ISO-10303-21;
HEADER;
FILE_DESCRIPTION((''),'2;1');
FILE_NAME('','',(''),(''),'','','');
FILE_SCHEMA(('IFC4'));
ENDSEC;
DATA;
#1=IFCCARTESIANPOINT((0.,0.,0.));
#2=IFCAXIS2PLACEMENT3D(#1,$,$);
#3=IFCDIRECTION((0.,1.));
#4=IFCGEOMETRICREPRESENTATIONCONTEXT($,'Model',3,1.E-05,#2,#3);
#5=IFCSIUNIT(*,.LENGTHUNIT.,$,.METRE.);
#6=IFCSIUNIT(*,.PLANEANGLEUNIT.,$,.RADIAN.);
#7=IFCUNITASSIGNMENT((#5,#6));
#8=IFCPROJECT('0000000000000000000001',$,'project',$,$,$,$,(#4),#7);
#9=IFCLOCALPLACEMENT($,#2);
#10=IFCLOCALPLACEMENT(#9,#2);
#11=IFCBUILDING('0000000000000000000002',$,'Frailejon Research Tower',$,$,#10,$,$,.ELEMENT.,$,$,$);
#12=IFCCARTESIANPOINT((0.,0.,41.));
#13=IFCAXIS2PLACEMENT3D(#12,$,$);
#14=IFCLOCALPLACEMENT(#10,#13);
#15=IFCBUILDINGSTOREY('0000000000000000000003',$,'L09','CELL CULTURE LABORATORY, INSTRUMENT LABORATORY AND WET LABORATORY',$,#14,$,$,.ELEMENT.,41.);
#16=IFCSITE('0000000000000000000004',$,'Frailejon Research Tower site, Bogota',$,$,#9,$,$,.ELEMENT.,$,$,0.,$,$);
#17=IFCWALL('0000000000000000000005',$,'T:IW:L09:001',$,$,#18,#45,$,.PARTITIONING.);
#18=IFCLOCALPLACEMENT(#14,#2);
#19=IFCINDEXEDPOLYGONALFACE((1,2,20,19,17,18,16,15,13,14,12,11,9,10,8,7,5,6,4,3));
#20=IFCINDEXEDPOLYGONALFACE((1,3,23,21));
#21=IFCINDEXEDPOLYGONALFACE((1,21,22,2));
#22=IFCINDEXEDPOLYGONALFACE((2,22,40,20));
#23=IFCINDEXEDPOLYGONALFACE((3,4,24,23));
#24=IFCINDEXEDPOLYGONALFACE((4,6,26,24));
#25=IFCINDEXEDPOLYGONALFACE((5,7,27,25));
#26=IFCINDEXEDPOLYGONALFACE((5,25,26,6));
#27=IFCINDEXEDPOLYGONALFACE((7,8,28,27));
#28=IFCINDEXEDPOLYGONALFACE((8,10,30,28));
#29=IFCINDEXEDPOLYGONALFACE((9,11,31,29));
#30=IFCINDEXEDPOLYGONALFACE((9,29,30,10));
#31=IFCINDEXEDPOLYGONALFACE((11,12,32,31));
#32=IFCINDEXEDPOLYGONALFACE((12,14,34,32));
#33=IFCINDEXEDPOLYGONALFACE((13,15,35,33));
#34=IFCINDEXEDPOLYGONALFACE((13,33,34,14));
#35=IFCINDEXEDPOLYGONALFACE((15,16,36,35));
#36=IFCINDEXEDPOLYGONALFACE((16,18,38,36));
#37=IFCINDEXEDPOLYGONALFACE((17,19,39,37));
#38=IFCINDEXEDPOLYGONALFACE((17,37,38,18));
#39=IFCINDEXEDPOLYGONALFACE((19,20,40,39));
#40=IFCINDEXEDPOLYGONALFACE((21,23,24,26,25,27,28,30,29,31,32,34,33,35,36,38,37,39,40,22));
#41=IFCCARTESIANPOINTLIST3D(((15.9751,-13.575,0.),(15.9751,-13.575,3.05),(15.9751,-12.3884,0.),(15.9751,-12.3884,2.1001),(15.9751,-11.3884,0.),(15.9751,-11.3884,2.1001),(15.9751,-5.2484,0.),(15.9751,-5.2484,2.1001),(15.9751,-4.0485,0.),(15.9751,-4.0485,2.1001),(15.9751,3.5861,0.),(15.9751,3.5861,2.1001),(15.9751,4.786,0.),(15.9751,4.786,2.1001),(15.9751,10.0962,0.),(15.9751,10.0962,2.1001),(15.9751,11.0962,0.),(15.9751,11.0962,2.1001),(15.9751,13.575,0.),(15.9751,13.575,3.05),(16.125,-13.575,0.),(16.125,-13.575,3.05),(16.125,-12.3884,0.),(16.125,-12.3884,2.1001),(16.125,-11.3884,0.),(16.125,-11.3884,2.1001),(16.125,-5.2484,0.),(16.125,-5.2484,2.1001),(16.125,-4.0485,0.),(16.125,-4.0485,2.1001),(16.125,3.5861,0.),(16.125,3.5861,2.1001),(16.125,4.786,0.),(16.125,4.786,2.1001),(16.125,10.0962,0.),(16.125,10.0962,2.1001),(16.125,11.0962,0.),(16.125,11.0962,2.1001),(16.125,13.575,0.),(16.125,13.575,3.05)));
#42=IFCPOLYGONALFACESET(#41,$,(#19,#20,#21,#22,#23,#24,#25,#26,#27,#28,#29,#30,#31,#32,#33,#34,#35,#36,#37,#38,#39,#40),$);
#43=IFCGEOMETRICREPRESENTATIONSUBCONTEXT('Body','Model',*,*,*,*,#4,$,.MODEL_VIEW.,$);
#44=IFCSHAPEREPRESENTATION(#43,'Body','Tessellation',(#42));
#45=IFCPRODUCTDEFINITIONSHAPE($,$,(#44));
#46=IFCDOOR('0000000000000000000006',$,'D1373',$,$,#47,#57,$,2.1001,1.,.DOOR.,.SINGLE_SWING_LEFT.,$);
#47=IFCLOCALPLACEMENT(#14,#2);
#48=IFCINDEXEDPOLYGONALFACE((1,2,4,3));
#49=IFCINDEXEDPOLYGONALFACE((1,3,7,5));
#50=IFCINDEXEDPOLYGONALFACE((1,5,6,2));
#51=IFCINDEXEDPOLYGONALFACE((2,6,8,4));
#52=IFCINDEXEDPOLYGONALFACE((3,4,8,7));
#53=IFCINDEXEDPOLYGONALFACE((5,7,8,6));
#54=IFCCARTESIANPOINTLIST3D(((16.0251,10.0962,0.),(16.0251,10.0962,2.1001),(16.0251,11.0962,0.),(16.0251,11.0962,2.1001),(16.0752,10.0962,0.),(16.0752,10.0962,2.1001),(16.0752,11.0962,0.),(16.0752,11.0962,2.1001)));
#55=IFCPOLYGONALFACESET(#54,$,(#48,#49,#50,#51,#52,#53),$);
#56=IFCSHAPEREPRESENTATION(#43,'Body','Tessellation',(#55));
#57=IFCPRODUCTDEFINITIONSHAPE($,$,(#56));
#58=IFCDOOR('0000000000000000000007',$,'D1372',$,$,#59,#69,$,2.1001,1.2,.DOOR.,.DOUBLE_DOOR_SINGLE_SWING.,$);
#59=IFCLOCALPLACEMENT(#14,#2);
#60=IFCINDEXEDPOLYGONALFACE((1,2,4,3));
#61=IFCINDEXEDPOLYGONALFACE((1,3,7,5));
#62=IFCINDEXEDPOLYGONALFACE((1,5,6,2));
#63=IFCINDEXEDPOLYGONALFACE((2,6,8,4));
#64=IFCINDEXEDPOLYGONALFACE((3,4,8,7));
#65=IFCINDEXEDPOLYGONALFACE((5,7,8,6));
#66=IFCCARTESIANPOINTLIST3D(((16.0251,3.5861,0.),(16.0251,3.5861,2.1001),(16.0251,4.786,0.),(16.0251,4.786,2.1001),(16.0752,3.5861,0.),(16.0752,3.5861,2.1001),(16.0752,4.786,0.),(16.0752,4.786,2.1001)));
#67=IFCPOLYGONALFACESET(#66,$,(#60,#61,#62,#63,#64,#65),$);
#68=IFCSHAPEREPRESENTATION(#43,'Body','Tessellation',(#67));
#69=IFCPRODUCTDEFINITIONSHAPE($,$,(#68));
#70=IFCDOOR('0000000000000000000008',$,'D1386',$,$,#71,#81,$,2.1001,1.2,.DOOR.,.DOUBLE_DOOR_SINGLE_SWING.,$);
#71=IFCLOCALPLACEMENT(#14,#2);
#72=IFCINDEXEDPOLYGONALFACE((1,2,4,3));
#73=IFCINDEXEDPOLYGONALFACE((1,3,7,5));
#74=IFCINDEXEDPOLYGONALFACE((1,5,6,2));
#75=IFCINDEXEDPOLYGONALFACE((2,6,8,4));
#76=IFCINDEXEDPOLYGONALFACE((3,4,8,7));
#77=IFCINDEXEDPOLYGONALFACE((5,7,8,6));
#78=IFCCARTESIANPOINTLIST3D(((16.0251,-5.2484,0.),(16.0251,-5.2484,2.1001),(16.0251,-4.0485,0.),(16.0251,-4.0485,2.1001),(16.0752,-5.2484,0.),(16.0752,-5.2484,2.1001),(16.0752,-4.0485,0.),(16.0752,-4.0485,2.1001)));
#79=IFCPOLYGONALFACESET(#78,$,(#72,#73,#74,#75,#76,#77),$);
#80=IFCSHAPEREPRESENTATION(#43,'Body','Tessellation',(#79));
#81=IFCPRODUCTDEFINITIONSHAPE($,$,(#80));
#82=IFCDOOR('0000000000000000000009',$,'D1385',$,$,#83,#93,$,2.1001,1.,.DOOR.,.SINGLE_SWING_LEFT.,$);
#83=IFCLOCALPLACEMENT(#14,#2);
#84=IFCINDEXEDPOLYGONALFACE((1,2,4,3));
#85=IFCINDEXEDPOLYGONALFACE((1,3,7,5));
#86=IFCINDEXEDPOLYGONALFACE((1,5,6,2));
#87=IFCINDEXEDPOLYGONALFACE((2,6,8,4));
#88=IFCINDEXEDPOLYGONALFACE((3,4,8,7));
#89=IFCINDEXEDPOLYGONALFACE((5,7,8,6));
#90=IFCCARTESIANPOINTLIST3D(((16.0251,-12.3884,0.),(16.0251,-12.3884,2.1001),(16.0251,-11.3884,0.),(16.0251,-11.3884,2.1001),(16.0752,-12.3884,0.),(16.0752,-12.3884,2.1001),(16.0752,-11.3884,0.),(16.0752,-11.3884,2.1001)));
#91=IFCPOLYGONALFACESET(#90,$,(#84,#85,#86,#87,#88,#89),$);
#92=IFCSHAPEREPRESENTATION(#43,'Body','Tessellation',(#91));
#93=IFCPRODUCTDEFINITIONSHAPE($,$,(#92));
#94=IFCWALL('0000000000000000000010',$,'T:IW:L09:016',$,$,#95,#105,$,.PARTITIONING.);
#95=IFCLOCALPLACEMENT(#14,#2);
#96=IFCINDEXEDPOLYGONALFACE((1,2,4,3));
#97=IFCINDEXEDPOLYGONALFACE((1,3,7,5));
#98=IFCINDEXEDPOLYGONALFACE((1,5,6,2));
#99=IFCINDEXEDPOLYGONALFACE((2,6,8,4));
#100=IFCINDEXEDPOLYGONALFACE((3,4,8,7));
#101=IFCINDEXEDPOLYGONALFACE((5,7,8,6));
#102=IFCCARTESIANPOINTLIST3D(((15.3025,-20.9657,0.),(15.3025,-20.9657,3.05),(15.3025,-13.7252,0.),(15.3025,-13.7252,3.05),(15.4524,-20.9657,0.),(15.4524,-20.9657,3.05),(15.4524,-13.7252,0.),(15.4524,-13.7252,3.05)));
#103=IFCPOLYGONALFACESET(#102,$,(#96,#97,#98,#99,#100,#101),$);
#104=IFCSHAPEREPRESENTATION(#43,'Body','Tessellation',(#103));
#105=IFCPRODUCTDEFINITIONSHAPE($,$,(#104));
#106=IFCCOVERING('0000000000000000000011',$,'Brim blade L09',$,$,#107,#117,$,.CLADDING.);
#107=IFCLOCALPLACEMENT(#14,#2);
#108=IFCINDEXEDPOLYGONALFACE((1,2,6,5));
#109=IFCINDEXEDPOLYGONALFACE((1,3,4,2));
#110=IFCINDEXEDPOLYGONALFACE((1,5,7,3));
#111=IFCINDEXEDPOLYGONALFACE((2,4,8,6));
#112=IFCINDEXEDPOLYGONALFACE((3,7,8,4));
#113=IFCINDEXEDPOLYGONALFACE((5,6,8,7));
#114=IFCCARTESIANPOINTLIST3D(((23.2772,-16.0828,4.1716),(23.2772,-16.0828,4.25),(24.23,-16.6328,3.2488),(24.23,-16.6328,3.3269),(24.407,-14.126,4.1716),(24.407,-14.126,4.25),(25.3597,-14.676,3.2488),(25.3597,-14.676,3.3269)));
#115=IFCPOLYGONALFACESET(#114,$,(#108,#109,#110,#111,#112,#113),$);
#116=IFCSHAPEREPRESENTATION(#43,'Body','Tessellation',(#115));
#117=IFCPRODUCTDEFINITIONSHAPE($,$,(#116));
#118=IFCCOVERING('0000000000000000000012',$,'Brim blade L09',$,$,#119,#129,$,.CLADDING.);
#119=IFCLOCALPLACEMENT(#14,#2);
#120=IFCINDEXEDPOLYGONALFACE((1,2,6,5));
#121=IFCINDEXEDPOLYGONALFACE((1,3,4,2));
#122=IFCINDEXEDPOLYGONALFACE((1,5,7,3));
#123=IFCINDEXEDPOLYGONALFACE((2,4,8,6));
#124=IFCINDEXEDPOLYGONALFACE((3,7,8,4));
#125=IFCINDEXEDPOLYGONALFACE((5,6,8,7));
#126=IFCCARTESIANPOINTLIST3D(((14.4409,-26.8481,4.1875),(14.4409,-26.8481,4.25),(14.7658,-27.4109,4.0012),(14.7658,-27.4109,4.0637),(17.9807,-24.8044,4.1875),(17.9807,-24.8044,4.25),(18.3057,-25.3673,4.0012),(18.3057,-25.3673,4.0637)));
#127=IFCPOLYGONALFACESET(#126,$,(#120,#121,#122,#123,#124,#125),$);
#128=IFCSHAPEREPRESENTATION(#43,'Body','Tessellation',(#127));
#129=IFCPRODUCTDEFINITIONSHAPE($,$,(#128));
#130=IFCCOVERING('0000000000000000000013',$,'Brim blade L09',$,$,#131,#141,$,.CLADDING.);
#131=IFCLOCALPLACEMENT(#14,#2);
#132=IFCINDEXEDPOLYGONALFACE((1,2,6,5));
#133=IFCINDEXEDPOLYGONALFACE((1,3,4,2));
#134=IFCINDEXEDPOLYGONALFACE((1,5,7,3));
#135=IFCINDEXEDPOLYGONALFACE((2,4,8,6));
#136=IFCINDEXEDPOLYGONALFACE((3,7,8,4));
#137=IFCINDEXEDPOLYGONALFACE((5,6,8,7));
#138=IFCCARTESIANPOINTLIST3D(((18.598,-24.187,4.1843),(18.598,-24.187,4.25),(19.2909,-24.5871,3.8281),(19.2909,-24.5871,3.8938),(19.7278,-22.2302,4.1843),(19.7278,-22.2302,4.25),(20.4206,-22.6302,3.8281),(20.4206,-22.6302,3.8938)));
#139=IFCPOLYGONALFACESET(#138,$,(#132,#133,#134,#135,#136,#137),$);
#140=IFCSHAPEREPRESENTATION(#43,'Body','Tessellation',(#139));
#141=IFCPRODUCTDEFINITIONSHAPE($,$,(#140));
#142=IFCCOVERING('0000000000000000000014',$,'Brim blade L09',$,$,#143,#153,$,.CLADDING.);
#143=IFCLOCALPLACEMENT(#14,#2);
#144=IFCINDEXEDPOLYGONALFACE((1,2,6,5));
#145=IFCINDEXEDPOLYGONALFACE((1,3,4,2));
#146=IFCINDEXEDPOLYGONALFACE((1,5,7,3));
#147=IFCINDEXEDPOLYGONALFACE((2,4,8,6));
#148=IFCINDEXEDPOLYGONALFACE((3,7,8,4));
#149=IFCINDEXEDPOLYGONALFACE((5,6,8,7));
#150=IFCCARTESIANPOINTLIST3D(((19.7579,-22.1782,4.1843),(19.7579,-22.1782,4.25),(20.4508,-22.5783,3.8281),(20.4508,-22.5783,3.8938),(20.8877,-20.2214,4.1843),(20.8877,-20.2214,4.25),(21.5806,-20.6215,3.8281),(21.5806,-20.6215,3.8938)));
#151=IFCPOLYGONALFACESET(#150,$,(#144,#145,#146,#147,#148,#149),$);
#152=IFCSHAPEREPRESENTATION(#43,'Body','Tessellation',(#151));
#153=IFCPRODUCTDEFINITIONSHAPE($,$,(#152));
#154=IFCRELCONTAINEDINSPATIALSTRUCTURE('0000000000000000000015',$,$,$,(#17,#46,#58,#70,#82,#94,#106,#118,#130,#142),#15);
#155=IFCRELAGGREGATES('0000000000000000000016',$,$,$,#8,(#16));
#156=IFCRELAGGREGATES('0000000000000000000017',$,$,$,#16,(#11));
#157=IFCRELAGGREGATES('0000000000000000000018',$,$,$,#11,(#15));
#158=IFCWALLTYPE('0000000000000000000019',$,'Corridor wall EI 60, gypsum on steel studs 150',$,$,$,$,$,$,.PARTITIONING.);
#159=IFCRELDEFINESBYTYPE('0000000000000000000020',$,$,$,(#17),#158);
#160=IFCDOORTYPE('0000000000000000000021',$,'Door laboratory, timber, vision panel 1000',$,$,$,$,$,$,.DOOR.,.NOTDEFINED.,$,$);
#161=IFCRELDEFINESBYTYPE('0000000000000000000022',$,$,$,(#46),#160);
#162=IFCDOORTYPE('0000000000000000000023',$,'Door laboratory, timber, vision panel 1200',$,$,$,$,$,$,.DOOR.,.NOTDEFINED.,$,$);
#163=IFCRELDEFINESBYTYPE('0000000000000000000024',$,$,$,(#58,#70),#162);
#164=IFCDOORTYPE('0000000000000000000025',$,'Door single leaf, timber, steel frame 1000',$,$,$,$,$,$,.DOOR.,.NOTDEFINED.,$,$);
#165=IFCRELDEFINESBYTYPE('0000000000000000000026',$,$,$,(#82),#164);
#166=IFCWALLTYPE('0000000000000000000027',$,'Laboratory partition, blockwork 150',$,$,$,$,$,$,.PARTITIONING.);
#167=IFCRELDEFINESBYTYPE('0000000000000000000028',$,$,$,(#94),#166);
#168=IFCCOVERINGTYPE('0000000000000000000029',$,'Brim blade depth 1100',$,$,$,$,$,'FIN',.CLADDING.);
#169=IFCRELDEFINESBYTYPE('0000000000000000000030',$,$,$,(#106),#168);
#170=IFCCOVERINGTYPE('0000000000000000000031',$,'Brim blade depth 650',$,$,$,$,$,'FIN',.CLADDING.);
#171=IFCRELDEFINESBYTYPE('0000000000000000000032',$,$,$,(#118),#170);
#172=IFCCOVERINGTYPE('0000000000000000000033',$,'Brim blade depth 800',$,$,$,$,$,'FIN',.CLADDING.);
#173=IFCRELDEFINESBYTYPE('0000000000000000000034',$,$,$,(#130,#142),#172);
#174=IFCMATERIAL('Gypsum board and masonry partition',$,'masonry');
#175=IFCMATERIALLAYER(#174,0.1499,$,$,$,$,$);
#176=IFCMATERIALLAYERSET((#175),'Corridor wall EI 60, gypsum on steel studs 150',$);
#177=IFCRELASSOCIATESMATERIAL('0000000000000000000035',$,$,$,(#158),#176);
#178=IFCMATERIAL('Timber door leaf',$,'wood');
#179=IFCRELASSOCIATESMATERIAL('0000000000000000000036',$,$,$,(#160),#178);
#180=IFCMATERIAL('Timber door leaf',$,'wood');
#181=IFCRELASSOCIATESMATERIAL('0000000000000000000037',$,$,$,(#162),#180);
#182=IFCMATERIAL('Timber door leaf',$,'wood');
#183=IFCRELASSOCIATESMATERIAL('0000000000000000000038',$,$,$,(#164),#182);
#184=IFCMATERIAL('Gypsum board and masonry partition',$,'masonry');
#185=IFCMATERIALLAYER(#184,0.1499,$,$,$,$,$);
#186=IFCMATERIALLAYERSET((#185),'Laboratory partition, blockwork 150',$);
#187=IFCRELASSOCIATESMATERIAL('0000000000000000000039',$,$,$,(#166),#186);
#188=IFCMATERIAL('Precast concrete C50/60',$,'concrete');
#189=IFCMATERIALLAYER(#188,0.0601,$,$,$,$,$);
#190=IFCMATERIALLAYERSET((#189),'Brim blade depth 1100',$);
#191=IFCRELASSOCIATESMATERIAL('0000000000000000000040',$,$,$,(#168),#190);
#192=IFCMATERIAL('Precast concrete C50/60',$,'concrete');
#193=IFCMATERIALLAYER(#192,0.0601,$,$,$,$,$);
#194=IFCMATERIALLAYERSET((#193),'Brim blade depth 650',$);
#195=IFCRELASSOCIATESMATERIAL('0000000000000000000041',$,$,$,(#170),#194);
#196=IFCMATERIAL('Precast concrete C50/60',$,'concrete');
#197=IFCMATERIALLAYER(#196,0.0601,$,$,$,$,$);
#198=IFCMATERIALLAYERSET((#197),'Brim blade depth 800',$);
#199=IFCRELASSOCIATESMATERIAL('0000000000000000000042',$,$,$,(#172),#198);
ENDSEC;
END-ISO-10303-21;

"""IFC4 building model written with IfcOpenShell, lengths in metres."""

from ifc_helpers import new_model, si_unit, direction, frame, frame_2d, origin, place, context, subcontext, project, spatial, polyline, rectangle, outline, extrude, material, layer, layer_set, type_object, element, fill, save


model = new_model("IFC4")

# Units and contexts
model_context = context("Model", 3, precision=1e-05, world=origin(), true_north=direction((0.0, 1.0)))
body_context = subcontext(model_context, "Body", "Model", "MODEL_VIEW")
ifc_project = project(units=[si_unit("LENGTHUNIT", "METRE"), si_unit("PLANEANGLEUNIT", "RADIAN")], contexts=[model_context])

# Site, building, storey
site_placement = place(None, origin())
site = spatial("IfcSite", under=ifc_project, at=site_placement, Name="Frailejon Research Tower site, Bogota", CompositionType="ELEMENT", RefElevation=0.0)
building_placement = place(site_placement, origin())
building = spatial("IfcBuilding", under=site, at=building_placement, Name="Frailejon Research Tower", CompositionType="ELEMENT")
storey_placement = place(building_placement, frame((0.0, 0.0, 41.0)))
storey = spatial("IfcBuildingStorey", under=building, at=storey_placement, Name="L09", Description="CELL CULTURE LABORATORY, INSTRUMENT LABORATORY AND WET LABORATORY", CompositionType="ELEMENT", Elevation=41.0)

# Wall, openings, doors
ifc_material_1 = material(Name="Gypsum board and masonry partition", Category="masonry")
ifc_layer_1 = layer(ifc_material_1, 0.1499)
ifc_layer_set_1 = layer_set([ifc_layer_1], Name="Corridor wall EI 60, gypsum on steel studs 150")
wall_type_1 = type_object("IfcWallType", Name="Corridor wall EI 60, gypsum on steel studs 150", PredefinedType="PARTITIONING", material=ifc_layer_set_1)
wall_1_placement = place(storey_placement, frame((16.05, -13.575, 0.0), z_axis=(0.0, 0.0, 1.0), x_axis=(0.0, 1.0, 0.0)))
wall_1 = element("IfcWall", 1, at=wall_1_placement, inside=storey, type_object=wall_type_1, Name="T:IW:L09:001", PredefinedType="PARTITIONING", context=body_context, shape_type="SweptSolid", body=[
    extrude(rectangle(XDim=27.1499, YDim=0.1499, at=frame_2d((13.575, 0.0))), origin(), (0.0, 0.0, 1.0), 3.05),
])
opening_1_placement = place(wall_1_placement, frame((17.1609, 0.0, 0.0)))
opening_1 = element("IfcOpeningElement", 2, at=opening_1_placement, cuts=wall_1, PredefinedType="OPENING", context=body_context, shape_type="SweptSolid", body=[
    extrude(rectangle(XDim=1.2, YDim=2.1001, at=frame_2d((0.6001, 1.05))), frame((0.0, 0.085, 0.0), z_axis=(0.0, -1.0, 0.0), x_axis=(1.0, 0.0, 0.0)), (0.0, 0.0, 1.0), 0.1699),
])
opening_2_placement = place(wall_1_placement, frame((23.6711, 0.0, 0.0)))
opening_2 = element("IfcOpeningElement", 3, at=opening_2_placement, cuts=wall_1, PredefinedType="OPENING", context=body_context, shape_type="SweptSolid", body=[
    extrude(rectangle(XDim=1.0, YDim=2.1001, at=frame_2d((0.5, 1.05))), frame((0.0, 0.085, 0.0), z_axis=(0.0, -1.0, 0.0), x_axis=(1.0, 0.0, 0.0)), (0.0, 0.0, 1.0), 0.1699),
])
opening_3_placement = place(wall_1_placement, frame((1.1865, 0.0, 0.0)))
opening_3 = element("IfcOpeningElement", 4, at=opening_3_placement, cuts=wall_1, PredefinedType="OPENING", context=body_context, shape_type="SweptSolid", body=[
    extrude(rectangle(XDim=1.0, YDim=2.1001, at=frame_2d((0.5, 1.05))), frame((0.0, 0.085, 0.0), z_axis=(0.0, -1.0, 0.0), x_axis=(1.0, 0.0, 0.0)), (0.0, 0.0, 1.0), 0.1699),
])
opening_4_placement = place(wall_1_placement, frame((8.3264, 0.0, 0.0)))
opening_4 = element("IfcOpeningElement", 5, at=opening_4_placement, cuts=wall_1, PredefinedType="OPENING", context=body_context, shape_type="SweptSolid", body=[
    extrude(rectangle(XDim=1.2, YDim=2.1001, at=frame_2d((0.6001, 1.05))), frame((0.0, 0.085, 0.0), z_axis=(0.0, -1.0, 0.0), x_axis=(1.0, 0.0, 0.0)), (0.0, 0.0, 1.0), 0.1699),
])
ifc_material_2 = material(Name="Timber door leaf", Category="wood")
door_type_1 = type_object("IfcDoorType", Name="Door laboratory, timber, vision panel 1000", OperationType="NOTDEFINED", PredefinedType="DOOR", material=ifc_material_2)
door_1_placement = place(opening_2_placement, origin())
door_1 = element("IfcDoor", 6, at=door_1_placement, inside=storey, type_object=door_type_1, Name="D1373", OperationType="SINGLE_SWING_LEFT", OverallHeight=2.1001, OverallWidth=1.0, PredefinedType="DOOR", context=body_context, shape_type="SweptSolid", body=[
    extrude(rectangle(XDim=1.0, YDim=2.1001, at=frame_2d((0.5, 1.05))), frame((0.0, 0.0249, 0.0), z_axis=(0.0, -1.0, 0.0), x_axis=(1.0, 0.0, 0.0)), (0.0, 0.0, 1.0), 0.05),
])
fill(opening_2, door_1)
ifc_material_3 = material(Name="Timber door leaf", Category="wood")
door_type_2 = type_object("IfcDoorType", Name="Door laboratory, timber, vision panel 1200", OperationType="NOTDEFINED", PredefinedType="DOOR", material=ifc_material_3)
door_2_placement = place(opening_1_placement, origin())
door_2 = element("IfcDoor", 7, at=door_2_placement, inside=storey, type_object=door_type_2, Name="D1372", OperationType="DOUBLE_DOOR_SINGLE_SWING", OverallHeight=2.1001, OverallWidth=1.2, PredefinedType="DOOR", context=body_context, shape_type="SweptSolid", body=[
    extrude(rectangle(XDim=1.2, YDim=2.1001, at=frame_2d((0.6001, 1.05))), frame((0.0, 0.0249, 0.0), z_axis=(0.0, -1.0, 0.0), x_axis=(1.0, 0.0, 0.0)), (0.0, 0.0, 1.0), 0.05),
])
fill(opening_1, door_2)
door_3_placement = place(opening_4_placement, origin())
door_3 = element("IfcDoor", 8, at=door_3_placement, inside=storey, type_object=door_type_2, Name="D1386", OperationType="DOUBLE_DOOR_SINGLE_SWING", OverallHeight=2.1001, OverallWidth=1.2, PredefinedType="DOOR", context=body_context, shape_type="SweptSolid", body=[
    extrude(rectangle(XDim=1.2, YDim=2.1001, at=frame_2d((0.6001, 1.05))), frame((0.0, 0.0249, 0.0), z_axis=(0.0, -1.0, 0.0), x_axis=(1.0, 0.0, 0.0)), (0.0, 0.0, 1.0), 0.05),
])
fill(opening_4, door_3)
ifc_material_4 = material(Name="Timber door leaf", Category="wood")
door_type_3 = type_object("IfcDoorType", Name="Door single leaf, timber, steel frame 1000", OperationType="NOTDEFINED", PredefinedType="DOOR", material=ifc_material_4)
door_4_placement = place(opening_3_placement, origin())
door_4 = element("IfcDoor", 9, at=door_4_placement, inside=storey, type_object=door_type_3, Name="D1385", OperationType="SINGLE_SWING_LEFT", OverallHeight=2.1001, OverallWidth=1.0, PredefinedType="DOOR", context=body_context, shape_type="SweptSolid", body=[
    extrude(rectangle(XDim=1.0, YDim=2.1001, at=frame_2d((0.5, 1.05))), frame((0.0, 0.0249, 0.0), z_axis=(0.0, -1.0, 0.0), x_axis=(1.0, 0.0, 0.0)), (0.0, 0.0, 1.0), 0.05),
])
fill(opening_3, door_4)

# Wall
ifc_material_5 = material(Name="Gypsum board and masonry partition", Category="masonry")
ifc_layer_2 = layer(ifc_material_5, 0.1499)
ifc_layer_set_2 = layer_set([ifc_layer_2], Name="Laboratory partition, blockwork 150")
wall_type_2 = type_object("IfcWallType", Name="Laboratory partition, blockwork 150", PredefinedType="PARTITIONING", material=ifc_layer_set_2)
wall_2_placement = place(storey_placement, frame((15.3774, -20.9656, 0.0), z_axis=(0.0, 0.0, 1.0), x_axis=(0.0, 1.0, 0.0)))
element("IfcWall", 10, at=wall_2_placement, inside=storey, type_object=wall_type_2, Name="T:IW:L09:016", PredefinedType="PARTITIONING", context=body_context, shape_type="SweptSolid", body=[
    extrude(rectangle(XDim=7.2405, YDim=0.1499, at=frame_2d((3.6201, 0.0))), origin(), (0.0, 0.0, 1.0), 3.05),
])

# Coverings
ifc_material_6 = material(Name="Precast concrete C50/60", Category="concrete")
ifc_layer_3 = layer(ifc_material_6, 0.0601)
ifc_layer_set_3 = layer_set([ifc_layer_3], Name="Brim blade depth 1100")
covering_type_1 = type_object("IfcCoveringType", Name="Brim blade depth 1100", ElementType="FIN", PredefinedType="CLADDING", material=ifc_layer_set_3)
covering_1_placement = place(storey_placement, frame((24.407, -14.126, 4.25), z_axis=(-0.499994, -0.866029, 0.0), x_axis=(0.866029, -0.499994, 0.0)))
element("IfcCovering", 11, at=covering_1_placement, inside=storey, type_object=covering_type_1, Name="Brim blade L09", PredefinedType="CLADDING", context=body_context, shape_type="SweptSolid", body=[
    extrude(outline(polyline([(0.0, -0.0784), (1.1001, -1.0012), (1.1001, -0.9231), (0.0, 0.0), (0.0, -0.0784)])), origin(), (0.0, 0.0, 1.0), 2.2595),
])
ifc_material_7 = material(Name="Precast concrete C50/60", Category="concrete")
ifc_layer_4 = layer(ifc_material_7, 0.0601)
ifc_layer_set_4 = layer_set([ifc_layer_4], Name="Brim blade depth 650")
covering_type_2 = type_object("IfcCoveringType", Name="Brim blade depth 650", ElementType="FIN", PredefinedType="CLADDING", material=ifc_layer_set_4)
covering_2_placement = place(storey_placement, frame((17.9807, -24.8044, 4.25), z_axis=(-0.866032, -0.499989, 0.0), x_axis=(0.499989, -0.866032, 0.0)))
element("IfcCovering", 12, at=covering_2_placement, inside=storey, type_object=covering_type_2, Name="Brim blade L09", PredefinedType="CLADDING", context=body_context, shape_type="SweptSolid", body=[
    extrude(outline(polyline([(0.0, -0.0625), (0.6499, -0.2488), (0.6499, -0.1863), (0.0, 0.0), (0.0, -0.0625)])), origin(), (0.0, 0.0, 1.0), 4.0874),
])
ifc_material_8 = material(Name="Precast concrete C50/60", Category="concrete")
ifc_layer_5 = layer(ifc_material_8, 0.0601)
ifc_layer_set_5 = layer_set([ifc_layer_5], Name="Brim blade depth 800")
covering_type_3 = type_object("IfcCoveringType", Name="Brim blade depth 800", ElementType="FIN", PredefinedType="CLADDING", material=ifc_layer_set_5)
for number, where, z_axis, x_axis, name in (
    (13, (19.7278, -22.2302, 4.25), (-0.499994, -0.866029, 0.0), (0.866029, -0.499994, 0.0), "Brim blade L09"),
    (14, (20.8877, -20.2214, 4.25), (-0.499994, -0.866029, 0.0), (0.866029, -0.499994, 0.0), "Brim blade L09"),
):
    element("IfcCovering", number, at=place(storey_placement, frame(where, z_axis=z_axis, x_axis=x_axis)), inside=storey, type_object=covering_type_3, Name=name, PredefinedType="CLADDING", context=body_context, shape_type="SweptSolid", body=[
        extrude(outline(polyline([(0.0, -0.0657), (0.8, -0.4219), (0.8, -0.3562), (0.0, 0.0), (0.0, -0.0657)])), origin(), (0.0, 0.0, 1.0), 2.2595),
    ])

save(model, "model.ifc")
